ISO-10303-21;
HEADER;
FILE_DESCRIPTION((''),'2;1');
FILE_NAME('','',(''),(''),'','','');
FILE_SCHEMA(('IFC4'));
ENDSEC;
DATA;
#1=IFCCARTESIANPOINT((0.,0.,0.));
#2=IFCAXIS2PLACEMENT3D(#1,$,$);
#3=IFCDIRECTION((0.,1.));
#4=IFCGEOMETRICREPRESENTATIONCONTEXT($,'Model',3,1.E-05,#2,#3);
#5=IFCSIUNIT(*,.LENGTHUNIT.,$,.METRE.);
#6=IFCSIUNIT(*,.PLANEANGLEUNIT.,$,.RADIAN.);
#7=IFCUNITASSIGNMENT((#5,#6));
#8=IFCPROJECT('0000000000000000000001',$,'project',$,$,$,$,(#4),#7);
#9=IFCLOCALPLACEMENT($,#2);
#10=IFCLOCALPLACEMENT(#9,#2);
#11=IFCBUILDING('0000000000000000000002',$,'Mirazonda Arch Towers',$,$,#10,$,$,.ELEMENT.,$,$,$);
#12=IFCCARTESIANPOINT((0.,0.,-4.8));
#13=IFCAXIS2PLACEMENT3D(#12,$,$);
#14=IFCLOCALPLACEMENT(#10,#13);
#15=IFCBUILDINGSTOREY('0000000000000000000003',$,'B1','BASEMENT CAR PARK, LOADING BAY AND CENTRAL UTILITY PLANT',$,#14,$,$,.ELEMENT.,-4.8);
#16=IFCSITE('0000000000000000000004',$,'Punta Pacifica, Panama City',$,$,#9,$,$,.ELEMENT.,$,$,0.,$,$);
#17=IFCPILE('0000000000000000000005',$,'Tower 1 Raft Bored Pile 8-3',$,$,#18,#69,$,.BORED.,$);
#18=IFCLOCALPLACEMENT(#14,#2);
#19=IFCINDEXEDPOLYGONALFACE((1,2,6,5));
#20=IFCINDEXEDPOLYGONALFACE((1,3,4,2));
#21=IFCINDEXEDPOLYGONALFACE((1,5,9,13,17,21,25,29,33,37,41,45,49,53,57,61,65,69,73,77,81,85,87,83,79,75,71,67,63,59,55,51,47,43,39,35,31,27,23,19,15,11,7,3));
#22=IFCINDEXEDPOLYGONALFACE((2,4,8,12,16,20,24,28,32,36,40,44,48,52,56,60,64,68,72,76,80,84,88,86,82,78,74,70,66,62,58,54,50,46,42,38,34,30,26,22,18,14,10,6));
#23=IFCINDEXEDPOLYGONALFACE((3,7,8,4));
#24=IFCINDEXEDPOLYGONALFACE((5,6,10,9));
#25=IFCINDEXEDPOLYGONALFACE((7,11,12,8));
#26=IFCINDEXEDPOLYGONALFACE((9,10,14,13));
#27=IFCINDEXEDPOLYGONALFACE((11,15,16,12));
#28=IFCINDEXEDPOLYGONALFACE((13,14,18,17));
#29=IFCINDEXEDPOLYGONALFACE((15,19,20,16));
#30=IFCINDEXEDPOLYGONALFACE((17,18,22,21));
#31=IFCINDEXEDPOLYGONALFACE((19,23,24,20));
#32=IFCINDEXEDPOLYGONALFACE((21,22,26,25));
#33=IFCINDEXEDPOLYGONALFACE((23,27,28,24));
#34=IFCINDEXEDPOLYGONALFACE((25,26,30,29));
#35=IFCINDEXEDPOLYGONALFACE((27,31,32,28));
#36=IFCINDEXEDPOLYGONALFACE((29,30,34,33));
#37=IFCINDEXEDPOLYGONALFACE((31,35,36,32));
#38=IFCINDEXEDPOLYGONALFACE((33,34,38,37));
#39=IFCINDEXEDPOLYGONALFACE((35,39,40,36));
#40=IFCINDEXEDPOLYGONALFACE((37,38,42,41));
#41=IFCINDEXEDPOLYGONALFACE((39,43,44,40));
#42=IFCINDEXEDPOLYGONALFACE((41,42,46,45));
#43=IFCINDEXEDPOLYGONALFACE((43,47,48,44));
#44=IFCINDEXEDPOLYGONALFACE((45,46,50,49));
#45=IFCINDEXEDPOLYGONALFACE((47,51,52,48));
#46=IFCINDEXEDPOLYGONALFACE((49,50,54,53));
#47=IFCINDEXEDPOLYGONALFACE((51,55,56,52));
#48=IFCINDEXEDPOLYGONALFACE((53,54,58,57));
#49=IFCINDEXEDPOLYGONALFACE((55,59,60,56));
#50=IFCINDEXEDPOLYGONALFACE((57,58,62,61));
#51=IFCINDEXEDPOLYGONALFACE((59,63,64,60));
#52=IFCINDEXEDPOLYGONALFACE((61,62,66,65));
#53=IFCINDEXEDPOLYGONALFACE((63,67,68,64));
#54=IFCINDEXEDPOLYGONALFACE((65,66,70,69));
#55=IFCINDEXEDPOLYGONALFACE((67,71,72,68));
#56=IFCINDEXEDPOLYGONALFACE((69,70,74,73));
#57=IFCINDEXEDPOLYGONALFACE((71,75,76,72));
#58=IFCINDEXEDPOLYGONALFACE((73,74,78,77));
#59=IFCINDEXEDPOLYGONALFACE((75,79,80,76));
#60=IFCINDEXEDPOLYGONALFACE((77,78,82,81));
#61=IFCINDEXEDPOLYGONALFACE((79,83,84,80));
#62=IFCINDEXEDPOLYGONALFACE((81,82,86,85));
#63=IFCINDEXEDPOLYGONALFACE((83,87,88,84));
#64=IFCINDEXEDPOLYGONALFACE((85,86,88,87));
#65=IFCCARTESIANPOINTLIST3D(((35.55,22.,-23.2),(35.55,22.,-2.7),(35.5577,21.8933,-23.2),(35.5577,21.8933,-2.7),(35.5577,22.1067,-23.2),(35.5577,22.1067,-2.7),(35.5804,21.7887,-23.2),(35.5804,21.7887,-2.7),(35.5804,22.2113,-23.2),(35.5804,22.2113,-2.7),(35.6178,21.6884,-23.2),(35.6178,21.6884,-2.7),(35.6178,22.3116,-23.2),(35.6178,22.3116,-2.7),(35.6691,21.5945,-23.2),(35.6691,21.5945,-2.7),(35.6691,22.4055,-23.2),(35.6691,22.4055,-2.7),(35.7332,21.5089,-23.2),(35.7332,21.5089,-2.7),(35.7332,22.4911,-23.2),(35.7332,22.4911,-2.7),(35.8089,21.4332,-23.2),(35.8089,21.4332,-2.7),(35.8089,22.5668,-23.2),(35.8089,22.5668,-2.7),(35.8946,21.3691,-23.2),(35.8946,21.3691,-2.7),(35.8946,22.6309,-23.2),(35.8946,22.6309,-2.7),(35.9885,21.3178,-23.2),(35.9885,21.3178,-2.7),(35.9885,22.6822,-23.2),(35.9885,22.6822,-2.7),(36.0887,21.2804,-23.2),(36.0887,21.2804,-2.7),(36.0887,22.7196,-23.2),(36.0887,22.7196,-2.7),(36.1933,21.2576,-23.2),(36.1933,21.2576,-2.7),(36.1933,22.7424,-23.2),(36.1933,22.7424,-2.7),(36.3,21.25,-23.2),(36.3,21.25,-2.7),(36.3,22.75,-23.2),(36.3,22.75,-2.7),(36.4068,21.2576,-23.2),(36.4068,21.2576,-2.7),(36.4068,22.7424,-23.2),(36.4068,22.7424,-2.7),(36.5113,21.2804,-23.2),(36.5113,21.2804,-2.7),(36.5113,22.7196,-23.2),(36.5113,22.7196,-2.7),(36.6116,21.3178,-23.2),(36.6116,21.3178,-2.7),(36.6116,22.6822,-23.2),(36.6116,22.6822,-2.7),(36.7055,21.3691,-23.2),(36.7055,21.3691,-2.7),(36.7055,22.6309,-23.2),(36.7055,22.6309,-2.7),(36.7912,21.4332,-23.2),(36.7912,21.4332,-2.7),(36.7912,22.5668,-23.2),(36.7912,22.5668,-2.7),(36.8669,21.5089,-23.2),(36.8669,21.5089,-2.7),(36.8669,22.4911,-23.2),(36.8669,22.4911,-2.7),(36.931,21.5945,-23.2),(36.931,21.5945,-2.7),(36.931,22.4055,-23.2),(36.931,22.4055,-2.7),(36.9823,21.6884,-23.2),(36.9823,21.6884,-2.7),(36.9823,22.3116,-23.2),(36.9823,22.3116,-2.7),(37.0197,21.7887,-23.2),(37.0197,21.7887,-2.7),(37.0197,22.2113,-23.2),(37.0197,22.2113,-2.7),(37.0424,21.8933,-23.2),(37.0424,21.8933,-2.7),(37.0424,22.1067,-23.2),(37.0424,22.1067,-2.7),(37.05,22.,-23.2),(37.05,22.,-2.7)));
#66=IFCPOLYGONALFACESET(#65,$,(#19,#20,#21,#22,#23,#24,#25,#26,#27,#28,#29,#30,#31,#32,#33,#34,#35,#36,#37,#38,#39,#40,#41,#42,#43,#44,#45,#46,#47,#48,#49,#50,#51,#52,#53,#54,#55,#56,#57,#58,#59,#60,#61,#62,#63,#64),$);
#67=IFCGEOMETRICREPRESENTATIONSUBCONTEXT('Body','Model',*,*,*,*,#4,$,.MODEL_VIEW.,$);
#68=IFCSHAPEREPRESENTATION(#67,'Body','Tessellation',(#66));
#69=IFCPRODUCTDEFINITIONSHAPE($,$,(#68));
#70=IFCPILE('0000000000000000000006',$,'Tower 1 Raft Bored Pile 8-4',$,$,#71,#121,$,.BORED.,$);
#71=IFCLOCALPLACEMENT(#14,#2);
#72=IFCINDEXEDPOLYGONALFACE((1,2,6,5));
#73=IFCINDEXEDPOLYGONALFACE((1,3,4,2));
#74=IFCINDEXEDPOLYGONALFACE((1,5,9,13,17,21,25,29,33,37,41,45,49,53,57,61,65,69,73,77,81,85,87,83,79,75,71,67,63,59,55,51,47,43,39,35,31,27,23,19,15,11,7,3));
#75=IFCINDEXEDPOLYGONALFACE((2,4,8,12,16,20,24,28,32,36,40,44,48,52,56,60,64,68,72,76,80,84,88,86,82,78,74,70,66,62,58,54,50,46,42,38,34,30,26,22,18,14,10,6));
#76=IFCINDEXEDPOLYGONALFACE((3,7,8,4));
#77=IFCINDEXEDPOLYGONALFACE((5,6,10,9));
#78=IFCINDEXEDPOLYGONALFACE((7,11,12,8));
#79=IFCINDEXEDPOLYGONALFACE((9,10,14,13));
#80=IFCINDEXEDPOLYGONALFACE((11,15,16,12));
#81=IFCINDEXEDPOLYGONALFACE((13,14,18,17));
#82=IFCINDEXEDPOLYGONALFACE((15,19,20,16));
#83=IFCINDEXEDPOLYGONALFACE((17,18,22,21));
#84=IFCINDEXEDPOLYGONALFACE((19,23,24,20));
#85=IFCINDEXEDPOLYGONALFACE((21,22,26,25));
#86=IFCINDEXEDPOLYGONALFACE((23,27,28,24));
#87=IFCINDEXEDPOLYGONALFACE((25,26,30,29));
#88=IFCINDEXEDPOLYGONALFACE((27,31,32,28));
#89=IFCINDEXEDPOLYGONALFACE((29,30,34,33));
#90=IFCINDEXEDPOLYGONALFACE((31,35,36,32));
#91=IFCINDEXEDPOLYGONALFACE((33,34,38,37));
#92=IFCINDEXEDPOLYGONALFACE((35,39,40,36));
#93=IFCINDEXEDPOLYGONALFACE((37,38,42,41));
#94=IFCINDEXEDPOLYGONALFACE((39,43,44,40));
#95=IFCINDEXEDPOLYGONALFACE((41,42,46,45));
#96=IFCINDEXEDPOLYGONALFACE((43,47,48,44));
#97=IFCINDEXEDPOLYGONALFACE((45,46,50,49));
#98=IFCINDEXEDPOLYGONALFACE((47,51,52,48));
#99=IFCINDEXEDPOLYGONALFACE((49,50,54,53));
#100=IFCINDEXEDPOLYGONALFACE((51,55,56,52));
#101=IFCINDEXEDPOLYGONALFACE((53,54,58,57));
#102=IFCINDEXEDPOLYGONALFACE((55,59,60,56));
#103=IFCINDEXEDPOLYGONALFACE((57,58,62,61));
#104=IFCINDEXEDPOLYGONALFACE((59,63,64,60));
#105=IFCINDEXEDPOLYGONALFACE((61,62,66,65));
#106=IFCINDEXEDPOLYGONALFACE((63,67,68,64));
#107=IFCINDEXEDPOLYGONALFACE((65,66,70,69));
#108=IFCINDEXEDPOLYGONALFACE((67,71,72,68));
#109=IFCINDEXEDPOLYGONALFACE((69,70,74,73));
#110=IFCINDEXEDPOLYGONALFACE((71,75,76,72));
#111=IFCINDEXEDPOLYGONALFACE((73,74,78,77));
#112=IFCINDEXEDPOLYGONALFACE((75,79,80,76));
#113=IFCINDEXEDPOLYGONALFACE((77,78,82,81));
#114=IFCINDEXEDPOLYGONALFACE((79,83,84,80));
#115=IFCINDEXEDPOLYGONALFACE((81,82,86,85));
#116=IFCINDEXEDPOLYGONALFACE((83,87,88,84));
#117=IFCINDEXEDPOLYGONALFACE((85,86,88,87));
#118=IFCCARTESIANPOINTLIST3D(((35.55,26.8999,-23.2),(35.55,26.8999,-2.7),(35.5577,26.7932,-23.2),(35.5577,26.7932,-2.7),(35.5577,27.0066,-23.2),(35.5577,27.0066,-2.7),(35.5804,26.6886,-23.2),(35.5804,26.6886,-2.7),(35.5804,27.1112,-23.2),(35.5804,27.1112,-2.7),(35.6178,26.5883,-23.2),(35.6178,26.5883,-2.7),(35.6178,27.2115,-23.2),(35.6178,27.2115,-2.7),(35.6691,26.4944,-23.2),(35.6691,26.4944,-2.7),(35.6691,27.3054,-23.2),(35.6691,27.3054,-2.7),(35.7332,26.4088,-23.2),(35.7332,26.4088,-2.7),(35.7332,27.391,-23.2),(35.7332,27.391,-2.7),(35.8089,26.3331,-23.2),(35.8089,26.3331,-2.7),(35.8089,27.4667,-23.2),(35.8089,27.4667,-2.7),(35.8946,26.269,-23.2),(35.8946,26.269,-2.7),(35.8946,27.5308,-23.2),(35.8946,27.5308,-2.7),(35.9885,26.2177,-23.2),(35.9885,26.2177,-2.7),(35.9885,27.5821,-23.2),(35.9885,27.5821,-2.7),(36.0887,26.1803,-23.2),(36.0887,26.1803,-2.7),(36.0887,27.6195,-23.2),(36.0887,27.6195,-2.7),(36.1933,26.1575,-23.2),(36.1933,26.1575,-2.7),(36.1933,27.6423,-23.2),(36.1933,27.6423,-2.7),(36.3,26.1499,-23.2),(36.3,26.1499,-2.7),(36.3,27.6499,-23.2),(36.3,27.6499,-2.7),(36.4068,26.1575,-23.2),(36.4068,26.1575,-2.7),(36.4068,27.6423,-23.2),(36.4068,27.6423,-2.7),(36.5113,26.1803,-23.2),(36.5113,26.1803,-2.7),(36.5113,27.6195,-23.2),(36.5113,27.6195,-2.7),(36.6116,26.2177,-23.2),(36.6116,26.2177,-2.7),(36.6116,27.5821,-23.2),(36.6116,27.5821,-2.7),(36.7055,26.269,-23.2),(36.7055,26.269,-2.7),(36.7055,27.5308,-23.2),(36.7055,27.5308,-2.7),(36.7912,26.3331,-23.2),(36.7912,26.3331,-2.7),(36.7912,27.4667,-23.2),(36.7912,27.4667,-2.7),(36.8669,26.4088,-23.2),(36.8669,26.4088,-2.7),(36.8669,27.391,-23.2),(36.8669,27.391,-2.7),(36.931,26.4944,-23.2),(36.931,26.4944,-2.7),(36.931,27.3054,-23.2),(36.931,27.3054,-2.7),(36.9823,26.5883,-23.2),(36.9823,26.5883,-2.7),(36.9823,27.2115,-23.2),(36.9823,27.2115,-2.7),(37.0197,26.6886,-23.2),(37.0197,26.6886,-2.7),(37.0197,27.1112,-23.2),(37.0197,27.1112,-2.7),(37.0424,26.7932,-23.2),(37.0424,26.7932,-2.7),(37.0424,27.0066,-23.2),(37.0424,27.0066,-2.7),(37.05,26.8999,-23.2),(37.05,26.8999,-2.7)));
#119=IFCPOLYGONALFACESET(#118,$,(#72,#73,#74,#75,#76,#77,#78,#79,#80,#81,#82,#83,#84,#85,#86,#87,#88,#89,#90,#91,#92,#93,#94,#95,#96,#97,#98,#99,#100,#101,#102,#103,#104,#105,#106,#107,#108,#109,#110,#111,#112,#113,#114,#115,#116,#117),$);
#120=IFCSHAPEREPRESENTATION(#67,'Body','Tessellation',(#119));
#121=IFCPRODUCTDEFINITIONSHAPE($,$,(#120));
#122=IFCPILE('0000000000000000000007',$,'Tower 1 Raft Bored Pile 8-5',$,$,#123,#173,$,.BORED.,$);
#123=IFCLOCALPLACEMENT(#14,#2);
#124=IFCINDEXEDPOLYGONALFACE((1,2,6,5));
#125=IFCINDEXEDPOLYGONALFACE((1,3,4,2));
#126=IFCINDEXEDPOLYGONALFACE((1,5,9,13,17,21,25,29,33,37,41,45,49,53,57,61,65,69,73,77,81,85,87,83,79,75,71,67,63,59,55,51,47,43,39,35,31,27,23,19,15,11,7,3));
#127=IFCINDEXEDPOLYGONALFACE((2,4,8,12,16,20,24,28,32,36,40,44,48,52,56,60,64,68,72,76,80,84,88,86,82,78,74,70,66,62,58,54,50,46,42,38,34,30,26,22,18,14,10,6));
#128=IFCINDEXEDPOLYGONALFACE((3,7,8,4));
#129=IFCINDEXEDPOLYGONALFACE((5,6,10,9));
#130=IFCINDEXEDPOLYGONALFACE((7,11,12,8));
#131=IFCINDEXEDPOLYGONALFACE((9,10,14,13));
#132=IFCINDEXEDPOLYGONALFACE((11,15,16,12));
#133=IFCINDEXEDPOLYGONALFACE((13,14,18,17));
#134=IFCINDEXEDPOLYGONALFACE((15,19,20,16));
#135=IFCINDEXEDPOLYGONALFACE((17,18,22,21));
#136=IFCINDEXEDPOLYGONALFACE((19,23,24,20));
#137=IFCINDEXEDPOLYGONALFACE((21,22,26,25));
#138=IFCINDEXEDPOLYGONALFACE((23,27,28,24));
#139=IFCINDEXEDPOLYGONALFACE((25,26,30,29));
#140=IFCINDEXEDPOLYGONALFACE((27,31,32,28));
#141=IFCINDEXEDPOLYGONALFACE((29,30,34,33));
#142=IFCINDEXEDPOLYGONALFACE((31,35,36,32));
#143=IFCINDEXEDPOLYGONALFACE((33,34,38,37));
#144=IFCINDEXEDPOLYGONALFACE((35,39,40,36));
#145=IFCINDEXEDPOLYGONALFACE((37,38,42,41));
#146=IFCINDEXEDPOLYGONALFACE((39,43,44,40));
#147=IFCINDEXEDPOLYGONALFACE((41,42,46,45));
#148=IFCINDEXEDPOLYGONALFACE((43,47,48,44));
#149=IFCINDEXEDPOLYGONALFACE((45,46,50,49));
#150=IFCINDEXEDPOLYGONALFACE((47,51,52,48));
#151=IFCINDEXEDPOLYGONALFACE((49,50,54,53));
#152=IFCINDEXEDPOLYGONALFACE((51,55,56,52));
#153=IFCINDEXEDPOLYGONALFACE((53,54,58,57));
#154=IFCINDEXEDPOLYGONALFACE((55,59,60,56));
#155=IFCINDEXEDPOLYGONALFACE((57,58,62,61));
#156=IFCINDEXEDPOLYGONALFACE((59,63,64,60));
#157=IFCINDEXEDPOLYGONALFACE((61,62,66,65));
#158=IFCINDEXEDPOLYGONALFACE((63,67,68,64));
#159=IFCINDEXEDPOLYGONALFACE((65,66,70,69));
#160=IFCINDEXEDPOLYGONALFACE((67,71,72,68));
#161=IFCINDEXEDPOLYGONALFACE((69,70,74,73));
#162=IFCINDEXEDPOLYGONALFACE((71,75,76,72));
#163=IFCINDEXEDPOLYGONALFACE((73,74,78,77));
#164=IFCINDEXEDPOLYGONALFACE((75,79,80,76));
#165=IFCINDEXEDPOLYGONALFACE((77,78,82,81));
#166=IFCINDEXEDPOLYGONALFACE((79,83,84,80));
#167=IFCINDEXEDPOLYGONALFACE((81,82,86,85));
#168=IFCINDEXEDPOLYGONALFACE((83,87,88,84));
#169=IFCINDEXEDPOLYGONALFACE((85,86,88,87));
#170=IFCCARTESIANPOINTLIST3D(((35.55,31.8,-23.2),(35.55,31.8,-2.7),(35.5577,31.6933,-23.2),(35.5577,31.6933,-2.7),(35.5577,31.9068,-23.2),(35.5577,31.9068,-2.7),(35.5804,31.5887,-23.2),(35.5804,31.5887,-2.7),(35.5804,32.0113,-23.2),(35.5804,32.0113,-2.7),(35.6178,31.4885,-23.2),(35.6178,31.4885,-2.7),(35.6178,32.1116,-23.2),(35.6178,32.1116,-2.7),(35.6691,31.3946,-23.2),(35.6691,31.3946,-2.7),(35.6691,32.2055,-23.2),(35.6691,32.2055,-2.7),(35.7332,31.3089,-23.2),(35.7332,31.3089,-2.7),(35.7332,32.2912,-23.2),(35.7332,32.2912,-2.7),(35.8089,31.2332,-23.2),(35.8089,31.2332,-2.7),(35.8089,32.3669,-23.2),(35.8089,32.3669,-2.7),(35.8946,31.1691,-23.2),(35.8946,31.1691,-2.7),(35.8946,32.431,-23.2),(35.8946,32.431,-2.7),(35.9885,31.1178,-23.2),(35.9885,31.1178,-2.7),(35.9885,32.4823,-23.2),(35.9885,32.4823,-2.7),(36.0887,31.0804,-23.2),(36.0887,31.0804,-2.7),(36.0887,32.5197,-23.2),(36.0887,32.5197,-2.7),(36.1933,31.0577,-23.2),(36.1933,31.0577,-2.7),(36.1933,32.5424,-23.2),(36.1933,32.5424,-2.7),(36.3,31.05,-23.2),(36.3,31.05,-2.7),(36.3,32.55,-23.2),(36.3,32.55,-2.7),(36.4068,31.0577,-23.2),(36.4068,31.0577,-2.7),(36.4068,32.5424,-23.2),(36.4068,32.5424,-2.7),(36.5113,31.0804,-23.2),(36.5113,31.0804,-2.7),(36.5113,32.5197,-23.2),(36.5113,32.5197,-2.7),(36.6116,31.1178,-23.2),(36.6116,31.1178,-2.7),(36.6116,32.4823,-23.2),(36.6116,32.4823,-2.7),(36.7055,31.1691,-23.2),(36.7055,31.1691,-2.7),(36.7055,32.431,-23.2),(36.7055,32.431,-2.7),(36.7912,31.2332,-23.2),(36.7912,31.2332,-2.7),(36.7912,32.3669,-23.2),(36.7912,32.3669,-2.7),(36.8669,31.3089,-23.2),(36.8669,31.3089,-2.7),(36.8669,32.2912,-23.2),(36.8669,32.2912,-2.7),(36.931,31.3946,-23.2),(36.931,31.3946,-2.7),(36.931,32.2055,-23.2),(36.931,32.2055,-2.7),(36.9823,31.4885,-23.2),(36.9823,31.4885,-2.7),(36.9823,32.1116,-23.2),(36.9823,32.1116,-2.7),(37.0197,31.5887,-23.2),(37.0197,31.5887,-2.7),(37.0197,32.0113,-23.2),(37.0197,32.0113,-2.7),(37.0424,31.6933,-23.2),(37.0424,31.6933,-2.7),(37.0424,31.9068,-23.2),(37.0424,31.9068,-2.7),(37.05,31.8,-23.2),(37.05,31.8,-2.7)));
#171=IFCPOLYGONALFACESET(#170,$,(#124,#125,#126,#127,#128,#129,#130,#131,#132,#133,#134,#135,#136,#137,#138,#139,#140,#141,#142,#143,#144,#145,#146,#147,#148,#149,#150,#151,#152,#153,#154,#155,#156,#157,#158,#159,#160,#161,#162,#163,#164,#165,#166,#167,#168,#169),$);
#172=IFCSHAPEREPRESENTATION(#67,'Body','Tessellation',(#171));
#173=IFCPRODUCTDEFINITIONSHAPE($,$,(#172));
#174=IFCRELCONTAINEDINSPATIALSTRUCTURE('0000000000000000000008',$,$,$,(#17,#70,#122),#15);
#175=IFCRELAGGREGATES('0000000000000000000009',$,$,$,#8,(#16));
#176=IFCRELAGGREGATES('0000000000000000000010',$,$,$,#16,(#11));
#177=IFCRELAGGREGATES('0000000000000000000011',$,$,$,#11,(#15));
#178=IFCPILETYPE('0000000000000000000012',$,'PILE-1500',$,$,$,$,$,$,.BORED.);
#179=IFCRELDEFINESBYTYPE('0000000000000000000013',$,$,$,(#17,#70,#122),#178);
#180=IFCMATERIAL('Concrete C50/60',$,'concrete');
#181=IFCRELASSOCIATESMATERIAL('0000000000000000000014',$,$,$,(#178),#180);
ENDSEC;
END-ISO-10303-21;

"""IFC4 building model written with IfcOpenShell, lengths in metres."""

from ifc_helpers import new_model, si_unit, direction, frame, origin, origin_2d, place, context, subcontext, project, spatial, circle, extrude, material, material_profile, profile_set, type_object, element, save


model = new_model("IFC4")

# Units and contexts
model_context = context("Model", 3, precision=1e-05, world=origin(), true_north=direction((0.0, 1.0)))
body_context = subcontext(model_context, "Body", "Model", "MODEL_VIEW")
ifc_project = project(units=[si_unit("LENGTHUNIT", "METRE"), si_unit("PLANEANGLEUNIT", "RADIAN")], contexts=[model_context])

# Site, building, storey
site_placement = place(None, origin())
site = spatial("IfcSite", under=ifc_project, at=site_placement, Name="Punta Pacifica, Panama City", CompositionType="ELEMENT", RefElevation=0.0)
building_placement = place(site_placement, origin())
building = spatial("IfcBuilding", under=site, at=building_placement, Name="Mirazonda Arch Towers", CompositionType="ELEMENT")
storey_placement = place(building_placement, frame((0.0, 0.0, -4.8)))
storey = spatial("IfcBuildingStorey", under=building, at=storey_placement, Name="B1", Description="BASEMENT CAR PARK, LOADING BAY AND CENTRAL UTILITY PLANT", CompositionType="ELEMENT", Elevation=-4.8)

# Piles
ifc_material_1 = material(Name="Concrete C50/60", Category="concrete")
ifc_material_profile_1 = material_profile(ifc_material_1, circle(Radius=0.75, at=origin_2d()), Name="BORED-D1500")
ifc_profile_set_1 = profile_set([ifc_material_profile_1], Name="Concrete C50/60")
pile_type = type_object("IfcPileType", Name="PILE-1500", PredefinedType="BORED", material=ifc_profile_set_1)
for number, where, z_axis, x_axis, name in (
    (1, (36.3, 22.0, -2.7), (0.0, 0.0, -1.0), (1.0, 0.0, 0.0), "Tower 1 Raft Bored Pile 8-3"),
    (2, (36.3, 26.8999, -2.7), (0.0, 0.0, -1.0), (1.0, 0.0, 0.0), "Tower 1 Raft Bored Pile 8-4"),
    (3, (36.3, 31.8, -2.7), (0.0, 0.0, -1.0), (1.0, 0.0, 0.0), "Tower 1 Raft Bored Pile 8-5"),
):
    element("IfcPile", number, at=place(storey_placement, frame(where, z_axis=z_axis, x_axis=x_axis)), inside=storey, type_object=pile_type, Name=name, PredefinedType="BORED", context=body_context, shape_type="SweptSolid", body=[
        extrude(circle(Radius=0.75, at=origin_2d()), origin(), (0.0, 0.0, 1.0), 20.5),
    ])

save(model, "model.ifc")
